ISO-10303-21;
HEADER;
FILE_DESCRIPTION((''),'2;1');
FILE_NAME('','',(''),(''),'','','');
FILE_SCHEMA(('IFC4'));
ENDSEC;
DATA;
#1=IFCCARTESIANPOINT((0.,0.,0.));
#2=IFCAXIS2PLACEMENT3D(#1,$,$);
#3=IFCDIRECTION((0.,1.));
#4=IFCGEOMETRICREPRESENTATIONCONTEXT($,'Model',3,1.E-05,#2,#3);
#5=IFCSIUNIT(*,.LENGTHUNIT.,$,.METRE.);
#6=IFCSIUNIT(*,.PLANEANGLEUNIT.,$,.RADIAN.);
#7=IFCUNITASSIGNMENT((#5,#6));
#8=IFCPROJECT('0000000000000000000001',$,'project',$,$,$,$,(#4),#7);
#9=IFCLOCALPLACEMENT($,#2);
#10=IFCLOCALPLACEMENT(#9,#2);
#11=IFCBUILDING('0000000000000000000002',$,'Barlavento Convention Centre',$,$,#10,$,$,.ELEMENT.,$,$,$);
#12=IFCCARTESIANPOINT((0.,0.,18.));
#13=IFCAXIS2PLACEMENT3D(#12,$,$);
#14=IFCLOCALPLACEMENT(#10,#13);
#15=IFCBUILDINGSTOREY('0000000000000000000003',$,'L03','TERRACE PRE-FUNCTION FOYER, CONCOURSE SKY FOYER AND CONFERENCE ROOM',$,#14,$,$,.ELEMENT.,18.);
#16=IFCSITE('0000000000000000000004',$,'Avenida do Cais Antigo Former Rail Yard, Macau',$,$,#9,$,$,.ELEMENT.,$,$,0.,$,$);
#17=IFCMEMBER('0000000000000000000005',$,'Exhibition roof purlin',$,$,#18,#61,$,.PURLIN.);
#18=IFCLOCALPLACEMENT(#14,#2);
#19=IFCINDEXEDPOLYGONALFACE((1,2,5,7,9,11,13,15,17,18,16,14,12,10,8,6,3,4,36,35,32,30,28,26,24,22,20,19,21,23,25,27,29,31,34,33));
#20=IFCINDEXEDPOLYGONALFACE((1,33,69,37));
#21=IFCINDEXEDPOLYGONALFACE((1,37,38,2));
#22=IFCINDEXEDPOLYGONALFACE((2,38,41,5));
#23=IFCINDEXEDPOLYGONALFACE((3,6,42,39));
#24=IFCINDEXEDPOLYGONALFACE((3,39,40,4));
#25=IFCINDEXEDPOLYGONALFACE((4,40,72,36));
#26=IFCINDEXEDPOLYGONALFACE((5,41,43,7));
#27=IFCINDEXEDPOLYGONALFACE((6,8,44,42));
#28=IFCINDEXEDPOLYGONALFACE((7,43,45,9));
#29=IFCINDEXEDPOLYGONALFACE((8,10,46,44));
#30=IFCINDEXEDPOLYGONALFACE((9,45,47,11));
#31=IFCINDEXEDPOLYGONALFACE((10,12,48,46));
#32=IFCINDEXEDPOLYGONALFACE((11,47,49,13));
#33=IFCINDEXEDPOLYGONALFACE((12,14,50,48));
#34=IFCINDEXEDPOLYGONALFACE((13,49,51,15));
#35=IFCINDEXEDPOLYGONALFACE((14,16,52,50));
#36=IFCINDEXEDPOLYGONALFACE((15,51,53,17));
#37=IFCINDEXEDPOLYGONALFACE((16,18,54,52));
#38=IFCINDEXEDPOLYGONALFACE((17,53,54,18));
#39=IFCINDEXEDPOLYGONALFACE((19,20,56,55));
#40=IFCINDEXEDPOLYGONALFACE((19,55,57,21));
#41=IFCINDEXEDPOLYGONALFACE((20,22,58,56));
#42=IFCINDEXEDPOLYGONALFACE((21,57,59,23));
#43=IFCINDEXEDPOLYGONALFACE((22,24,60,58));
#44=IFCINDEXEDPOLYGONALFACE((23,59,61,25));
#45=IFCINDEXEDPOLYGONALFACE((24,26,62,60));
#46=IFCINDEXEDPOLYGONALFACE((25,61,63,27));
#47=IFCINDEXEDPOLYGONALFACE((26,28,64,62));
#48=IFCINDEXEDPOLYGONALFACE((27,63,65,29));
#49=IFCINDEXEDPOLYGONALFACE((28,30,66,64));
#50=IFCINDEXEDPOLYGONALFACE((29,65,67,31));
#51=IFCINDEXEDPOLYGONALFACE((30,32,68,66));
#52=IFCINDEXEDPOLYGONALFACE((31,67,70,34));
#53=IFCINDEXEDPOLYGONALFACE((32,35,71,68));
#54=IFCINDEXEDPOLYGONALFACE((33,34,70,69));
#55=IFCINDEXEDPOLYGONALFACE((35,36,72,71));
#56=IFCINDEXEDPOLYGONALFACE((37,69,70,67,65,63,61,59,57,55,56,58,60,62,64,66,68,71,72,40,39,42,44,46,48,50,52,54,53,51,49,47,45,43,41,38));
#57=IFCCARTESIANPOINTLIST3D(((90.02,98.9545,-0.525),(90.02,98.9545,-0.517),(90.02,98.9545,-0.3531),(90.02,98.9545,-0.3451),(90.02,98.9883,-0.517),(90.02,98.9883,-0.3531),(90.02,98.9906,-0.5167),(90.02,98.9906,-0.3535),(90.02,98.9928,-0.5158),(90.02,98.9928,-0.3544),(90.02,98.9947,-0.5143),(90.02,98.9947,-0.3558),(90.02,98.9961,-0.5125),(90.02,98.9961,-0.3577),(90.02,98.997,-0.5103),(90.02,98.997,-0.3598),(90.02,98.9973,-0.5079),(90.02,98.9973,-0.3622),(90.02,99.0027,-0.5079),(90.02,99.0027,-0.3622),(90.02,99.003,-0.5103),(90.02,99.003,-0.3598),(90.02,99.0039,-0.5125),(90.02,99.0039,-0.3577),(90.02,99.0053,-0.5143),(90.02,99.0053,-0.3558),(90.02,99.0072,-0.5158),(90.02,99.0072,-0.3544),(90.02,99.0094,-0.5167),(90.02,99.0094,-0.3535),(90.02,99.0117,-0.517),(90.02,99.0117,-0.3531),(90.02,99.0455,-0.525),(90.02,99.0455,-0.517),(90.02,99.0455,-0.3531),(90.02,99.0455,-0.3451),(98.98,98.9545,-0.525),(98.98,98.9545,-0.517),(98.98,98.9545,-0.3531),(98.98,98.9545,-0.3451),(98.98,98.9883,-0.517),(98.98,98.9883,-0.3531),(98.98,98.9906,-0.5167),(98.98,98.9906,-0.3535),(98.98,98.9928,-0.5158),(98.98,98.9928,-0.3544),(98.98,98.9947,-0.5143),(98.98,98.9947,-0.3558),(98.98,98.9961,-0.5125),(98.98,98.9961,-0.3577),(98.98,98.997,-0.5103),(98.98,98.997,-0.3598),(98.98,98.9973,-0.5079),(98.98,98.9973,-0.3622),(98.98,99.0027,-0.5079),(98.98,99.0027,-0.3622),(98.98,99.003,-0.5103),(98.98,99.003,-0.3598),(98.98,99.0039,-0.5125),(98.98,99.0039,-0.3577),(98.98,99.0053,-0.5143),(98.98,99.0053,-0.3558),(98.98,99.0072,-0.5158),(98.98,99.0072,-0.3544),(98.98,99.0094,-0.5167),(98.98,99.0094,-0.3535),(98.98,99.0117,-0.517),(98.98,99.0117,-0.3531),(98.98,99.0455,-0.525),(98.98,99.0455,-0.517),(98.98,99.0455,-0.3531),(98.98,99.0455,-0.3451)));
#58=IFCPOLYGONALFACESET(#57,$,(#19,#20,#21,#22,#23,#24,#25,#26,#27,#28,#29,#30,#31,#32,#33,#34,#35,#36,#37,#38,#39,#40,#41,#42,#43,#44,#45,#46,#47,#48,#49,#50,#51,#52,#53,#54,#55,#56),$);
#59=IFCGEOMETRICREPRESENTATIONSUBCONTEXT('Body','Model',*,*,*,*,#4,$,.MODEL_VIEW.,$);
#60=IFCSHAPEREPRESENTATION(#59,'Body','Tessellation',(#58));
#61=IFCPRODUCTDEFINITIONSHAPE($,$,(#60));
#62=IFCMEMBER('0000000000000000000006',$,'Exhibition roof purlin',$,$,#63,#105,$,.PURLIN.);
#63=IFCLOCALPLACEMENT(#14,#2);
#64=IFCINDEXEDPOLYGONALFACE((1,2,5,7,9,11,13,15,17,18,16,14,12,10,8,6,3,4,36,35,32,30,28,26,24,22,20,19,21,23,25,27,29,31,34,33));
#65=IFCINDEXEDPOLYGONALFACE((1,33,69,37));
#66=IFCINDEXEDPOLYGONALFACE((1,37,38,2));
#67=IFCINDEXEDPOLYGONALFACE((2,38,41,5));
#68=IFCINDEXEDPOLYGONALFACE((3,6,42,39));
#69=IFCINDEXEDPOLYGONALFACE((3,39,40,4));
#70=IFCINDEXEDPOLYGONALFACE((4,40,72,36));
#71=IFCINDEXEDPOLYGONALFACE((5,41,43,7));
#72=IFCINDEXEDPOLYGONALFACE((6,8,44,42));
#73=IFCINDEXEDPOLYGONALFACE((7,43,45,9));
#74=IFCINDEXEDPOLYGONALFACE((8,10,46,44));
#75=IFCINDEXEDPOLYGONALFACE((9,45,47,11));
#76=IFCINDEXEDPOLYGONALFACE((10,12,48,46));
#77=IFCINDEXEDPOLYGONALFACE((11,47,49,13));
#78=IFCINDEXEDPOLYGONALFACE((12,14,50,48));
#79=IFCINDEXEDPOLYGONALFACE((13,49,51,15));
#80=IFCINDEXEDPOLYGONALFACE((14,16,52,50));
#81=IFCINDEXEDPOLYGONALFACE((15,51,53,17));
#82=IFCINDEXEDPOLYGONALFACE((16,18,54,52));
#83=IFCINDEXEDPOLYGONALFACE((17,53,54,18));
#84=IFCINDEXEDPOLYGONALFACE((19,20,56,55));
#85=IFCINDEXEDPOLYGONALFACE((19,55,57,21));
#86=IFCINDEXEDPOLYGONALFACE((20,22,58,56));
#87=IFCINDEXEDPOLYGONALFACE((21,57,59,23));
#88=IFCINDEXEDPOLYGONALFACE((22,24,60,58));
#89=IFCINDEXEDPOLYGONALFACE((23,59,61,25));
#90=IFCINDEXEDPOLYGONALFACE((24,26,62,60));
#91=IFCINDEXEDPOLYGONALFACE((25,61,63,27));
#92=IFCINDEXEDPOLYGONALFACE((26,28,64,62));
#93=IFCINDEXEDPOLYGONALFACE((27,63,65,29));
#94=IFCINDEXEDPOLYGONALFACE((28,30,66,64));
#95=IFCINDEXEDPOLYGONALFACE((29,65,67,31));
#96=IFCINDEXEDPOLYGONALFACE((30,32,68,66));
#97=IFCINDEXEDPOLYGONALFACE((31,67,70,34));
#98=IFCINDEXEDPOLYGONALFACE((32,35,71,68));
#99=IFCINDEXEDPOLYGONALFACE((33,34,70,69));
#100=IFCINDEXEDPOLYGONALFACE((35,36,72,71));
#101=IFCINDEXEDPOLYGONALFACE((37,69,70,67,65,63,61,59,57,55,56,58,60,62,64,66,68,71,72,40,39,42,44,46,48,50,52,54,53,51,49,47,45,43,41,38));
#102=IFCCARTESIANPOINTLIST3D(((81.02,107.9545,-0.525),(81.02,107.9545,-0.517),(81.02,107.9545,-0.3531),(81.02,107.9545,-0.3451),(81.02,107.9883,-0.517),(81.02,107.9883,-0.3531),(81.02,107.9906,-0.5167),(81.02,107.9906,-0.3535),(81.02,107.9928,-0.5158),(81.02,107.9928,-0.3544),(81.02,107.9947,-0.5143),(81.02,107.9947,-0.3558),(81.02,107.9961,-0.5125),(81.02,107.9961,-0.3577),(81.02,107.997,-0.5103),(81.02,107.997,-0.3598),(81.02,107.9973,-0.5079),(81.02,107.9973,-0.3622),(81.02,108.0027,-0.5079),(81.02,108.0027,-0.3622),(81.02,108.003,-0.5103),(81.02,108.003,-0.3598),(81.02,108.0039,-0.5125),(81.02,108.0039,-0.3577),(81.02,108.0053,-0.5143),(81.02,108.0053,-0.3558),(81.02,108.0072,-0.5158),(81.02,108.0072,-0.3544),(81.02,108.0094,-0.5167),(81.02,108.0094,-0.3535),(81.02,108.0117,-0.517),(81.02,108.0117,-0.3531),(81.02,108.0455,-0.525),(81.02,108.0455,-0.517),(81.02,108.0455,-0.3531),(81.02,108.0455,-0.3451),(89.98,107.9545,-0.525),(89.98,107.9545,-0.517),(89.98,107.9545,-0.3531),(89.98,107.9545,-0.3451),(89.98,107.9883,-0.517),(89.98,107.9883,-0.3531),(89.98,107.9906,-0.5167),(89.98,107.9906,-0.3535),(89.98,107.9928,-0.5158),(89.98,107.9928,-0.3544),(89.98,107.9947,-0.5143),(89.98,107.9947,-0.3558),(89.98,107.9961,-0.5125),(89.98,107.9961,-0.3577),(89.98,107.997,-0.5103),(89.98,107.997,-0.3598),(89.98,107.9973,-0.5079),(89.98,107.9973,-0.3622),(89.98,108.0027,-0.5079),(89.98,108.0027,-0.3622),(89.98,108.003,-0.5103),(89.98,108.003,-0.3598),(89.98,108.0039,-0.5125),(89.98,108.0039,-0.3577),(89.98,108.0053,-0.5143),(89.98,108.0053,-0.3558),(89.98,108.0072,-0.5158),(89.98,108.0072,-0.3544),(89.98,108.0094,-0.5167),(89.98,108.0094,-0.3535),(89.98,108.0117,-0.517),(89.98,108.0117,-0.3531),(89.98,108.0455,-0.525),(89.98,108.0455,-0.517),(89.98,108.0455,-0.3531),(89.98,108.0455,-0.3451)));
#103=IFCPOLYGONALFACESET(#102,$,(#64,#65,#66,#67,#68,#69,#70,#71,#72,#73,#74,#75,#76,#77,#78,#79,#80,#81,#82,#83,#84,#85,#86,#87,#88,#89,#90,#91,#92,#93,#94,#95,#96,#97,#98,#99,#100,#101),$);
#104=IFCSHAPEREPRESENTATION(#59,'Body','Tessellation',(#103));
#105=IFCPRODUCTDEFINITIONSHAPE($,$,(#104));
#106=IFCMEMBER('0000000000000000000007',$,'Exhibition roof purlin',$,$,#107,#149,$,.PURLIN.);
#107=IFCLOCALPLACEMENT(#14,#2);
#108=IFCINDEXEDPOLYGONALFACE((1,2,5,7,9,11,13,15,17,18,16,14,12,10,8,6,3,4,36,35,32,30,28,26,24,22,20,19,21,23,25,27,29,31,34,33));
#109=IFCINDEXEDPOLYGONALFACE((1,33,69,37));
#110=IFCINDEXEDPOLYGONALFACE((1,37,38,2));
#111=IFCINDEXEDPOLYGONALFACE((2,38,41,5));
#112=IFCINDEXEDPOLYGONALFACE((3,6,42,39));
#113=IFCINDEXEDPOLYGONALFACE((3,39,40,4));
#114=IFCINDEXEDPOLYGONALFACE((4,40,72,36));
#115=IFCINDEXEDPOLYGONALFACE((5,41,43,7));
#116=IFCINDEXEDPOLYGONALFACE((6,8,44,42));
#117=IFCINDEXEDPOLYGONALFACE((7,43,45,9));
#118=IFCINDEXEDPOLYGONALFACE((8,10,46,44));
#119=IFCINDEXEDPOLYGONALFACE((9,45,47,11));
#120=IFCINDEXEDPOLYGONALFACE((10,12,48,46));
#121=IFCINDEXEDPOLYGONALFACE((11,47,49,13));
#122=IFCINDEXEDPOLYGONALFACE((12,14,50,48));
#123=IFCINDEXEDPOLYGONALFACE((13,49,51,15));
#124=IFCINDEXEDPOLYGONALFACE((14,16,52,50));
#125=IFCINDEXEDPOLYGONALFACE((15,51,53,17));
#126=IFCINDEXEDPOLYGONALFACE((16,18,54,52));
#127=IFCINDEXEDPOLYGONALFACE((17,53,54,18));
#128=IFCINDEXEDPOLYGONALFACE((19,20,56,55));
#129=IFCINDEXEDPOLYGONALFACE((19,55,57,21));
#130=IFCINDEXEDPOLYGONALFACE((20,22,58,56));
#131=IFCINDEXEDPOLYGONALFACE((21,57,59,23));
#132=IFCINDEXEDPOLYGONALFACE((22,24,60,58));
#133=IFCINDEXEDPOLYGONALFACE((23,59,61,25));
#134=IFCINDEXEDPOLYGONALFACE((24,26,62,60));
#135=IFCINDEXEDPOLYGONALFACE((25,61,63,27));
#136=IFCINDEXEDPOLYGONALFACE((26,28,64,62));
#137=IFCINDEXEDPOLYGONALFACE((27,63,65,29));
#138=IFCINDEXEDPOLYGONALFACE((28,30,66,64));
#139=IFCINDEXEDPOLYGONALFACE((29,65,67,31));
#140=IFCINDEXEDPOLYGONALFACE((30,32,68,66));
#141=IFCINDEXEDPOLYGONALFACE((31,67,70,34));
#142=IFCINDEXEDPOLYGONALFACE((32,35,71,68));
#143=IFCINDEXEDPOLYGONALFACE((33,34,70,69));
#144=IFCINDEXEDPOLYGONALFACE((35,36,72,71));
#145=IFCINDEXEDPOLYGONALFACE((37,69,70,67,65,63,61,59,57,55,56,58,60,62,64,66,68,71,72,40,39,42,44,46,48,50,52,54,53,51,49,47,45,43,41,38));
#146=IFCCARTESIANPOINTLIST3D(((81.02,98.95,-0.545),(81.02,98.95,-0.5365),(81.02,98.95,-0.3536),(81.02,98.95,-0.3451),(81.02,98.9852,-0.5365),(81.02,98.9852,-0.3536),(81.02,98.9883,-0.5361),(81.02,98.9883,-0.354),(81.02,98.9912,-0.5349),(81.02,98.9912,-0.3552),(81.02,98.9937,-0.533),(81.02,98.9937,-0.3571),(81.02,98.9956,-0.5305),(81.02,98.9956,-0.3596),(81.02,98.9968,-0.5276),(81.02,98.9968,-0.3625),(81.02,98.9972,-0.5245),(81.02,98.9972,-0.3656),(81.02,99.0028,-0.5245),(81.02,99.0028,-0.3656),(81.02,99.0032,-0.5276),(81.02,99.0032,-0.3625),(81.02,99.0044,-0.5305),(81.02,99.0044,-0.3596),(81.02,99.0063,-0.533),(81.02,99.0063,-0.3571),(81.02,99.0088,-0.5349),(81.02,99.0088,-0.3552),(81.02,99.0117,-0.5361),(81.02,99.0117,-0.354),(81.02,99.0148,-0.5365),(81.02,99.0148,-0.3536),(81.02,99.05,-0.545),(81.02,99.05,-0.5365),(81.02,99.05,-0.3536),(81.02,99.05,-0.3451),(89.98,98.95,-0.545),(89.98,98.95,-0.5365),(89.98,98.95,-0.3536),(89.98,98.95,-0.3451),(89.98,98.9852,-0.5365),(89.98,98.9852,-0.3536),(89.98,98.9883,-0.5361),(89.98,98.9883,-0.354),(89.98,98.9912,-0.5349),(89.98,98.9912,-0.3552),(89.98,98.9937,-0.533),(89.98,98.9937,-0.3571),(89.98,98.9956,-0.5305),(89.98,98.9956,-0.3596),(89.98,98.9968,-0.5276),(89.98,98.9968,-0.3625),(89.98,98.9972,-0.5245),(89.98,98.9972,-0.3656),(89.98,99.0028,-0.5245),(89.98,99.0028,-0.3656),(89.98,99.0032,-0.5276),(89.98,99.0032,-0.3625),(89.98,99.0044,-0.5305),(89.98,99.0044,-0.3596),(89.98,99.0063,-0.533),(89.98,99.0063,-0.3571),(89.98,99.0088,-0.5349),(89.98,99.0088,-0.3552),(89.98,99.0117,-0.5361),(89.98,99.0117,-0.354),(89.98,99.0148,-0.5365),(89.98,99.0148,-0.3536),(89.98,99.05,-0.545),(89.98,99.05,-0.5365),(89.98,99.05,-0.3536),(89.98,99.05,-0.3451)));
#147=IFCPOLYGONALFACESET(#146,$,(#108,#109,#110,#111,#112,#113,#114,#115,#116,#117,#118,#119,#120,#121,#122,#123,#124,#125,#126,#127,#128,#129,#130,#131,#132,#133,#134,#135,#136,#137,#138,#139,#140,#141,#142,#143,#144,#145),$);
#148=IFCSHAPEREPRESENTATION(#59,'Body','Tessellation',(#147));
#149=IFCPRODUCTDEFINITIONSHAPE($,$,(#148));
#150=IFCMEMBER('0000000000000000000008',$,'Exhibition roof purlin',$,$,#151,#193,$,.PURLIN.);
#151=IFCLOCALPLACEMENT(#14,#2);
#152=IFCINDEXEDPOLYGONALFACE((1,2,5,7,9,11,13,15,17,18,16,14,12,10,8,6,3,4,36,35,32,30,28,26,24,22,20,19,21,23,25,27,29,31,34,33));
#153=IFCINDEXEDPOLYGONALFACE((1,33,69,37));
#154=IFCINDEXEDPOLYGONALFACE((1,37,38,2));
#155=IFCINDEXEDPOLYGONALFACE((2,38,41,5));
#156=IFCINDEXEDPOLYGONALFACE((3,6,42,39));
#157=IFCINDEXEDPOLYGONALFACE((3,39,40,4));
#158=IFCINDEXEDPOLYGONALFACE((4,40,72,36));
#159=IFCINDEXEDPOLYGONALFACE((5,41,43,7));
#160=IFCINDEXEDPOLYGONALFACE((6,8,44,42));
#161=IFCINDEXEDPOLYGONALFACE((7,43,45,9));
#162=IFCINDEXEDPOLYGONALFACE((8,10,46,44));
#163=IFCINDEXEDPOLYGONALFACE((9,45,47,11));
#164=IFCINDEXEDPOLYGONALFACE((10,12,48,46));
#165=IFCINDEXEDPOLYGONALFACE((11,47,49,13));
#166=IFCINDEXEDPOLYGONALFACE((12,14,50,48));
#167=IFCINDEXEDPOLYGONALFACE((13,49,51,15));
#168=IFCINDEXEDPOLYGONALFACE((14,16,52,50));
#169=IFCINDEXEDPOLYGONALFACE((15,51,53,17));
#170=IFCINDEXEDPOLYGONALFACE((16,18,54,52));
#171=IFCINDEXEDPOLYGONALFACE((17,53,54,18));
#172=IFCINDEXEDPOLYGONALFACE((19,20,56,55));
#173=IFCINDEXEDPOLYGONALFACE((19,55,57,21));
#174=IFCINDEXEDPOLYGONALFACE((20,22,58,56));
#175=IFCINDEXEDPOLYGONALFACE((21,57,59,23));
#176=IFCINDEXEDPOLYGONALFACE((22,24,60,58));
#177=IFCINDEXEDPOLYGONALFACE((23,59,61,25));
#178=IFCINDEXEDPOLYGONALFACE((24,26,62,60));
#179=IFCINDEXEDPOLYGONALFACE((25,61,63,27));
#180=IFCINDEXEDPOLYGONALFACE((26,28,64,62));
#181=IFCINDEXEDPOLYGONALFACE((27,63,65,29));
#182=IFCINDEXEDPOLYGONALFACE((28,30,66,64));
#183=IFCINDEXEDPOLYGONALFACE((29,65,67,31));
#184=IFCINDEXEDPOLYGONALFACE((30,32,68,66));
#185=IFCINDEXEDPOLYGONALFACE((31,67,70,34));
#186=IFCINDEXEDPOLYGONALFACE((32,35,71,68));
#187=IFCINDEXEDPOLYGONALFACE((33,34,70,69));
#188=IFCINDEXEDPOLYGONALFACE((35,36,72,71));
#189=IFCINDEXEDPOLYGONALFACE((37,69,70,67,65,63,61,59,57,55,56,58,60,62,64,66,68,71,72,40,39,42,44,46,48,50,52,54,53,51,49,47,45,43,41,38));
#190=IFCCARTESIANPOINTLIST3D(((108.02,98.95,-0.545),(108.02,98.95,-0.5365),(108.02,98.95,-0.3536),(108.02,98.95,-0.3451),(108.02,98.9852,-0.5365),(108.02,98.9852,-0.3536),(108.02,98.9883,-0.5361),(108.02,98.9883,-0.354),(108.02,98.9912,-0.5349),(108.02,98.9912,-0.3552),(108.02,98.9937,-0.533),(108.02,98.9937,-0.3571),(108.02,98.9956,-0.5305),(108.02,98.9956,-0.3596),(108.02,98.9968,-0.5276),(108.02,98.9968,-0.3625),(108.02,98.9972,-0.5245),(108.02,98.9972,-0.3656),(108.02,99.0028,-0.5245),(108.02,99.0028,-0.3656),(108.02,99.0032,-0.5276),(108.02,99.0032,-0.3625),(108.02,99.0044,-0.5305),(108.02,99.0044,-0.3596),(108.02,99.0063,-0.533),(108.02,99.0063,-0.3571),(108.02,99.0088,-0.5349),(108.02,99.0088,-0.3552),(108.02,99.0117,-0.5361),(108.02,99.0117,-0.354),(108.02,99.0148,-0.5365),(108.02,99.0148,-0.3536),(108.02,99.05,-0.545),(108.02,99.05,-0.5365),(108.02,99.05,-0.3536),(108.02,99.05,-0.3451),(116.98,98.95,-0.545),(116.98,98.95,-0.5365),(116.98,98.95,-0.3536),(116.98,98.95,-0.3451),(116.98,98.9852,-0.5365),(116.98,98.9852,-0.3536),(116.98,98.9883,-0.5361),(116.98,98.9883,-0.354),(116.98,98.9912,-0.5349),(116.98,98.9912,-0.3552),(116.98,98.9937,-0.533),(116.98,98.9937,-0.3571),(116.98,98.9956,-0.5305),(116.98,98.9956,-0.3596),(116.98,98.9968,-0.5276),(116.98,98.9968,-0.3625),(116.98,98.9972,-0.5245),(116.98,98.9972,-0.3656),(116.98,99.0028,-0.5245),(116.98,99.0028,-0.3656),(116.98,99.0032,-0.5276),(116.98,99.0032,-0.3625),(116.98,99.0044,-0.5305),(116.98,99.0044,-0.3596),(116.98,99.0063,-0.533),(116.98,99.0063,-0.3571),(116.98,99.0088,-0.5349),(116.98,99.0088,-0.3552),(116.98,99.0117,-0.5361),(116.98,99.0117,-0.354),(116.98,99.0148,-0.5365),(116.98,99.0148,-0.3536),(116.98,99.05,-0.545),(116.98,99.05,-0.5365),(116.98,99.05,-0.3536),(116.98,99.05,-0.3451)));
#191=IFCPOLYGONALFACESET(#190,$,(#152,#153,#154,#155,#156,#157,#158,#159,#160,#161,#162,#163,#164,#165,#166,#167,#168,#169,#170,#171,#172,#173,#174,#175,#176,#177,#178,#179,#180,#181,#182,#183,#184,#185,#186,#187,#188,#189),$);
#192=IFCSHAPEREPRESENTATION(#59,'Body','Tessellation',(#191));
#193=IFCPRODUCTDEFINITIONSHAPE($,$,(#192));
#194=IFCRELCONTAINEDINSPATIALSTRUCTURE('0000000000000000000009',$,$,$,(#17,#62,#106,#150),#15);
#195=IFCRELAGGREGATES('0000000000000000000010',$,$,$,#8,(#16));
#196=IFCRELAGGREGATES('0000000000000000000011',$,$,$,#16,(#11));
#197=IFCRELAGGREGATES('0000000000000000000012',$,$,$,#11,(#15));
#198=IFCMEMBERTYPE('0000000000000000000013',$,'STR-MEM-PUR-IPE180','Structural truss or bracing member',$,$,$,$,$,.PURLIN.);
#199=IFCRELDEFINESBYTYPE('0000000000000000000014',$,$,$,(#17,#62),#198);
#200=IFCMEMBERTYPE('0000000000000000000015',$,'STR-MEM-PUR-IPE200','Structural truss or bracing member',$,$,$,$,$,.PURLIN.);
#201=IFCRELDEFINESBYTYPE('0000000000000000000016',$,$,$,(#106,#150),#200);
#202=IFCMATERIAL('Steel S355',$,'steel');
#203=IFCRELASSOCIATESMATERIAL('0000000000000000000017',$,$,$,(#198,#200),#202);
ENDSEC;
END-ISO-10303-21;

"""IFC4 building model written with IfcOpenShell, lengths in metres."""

from ifc_helpers import new_model, si_unit, direction, frame, origin, origin_2d, place, context, subcontext, project, spatial, i_section, extrude, material, material_profile, profile_set, type_object, element, save


model = new_model("IFC4")

# Units and contexts
model_context = context("Model", 3, precision=1e-05, world=origin(), true_north=direction((0.0, 1.0)))
body_context = subcontext(model_context, "Body", "Model", "MODEL_VIEW")
ifc_project = project(units=[si_unit("LENGTHUNIT", "METRE"), si_unit("PLANEANGLEUNIT", "RADIAN")], contexts=[model_context])

# Site, building, storey
site_placement = place(None, origin())
site = spatial("IfcSite", under=ifc_project, at=site_placement, Name="Avenida do Cais Antigo Former Rail Yard, Macau", CompositionType="ELEMENT", RefElevation=0.0)
building_placement = place(site_placement, origin())
building = spatial("IfcBuilding", under=site, at=building_placement, Name="Barlavento Convention Centre", CompositionType="ELEMENT")
storey_placement = place(building_placement, frame((0.0, 0.0, 18.0)))
storey = spatial("IfcBuildingStorey", under=building, at=storey_placement, Name="L03", Description="TERRACE PRE-FUNCTION FOYER, CONCOURSE SKY FOYER AND CONFERENCE ROOM", CompositionType="ELEMENT", Elevation=18.0)

# Shared definitions
ifc_material_1 = material(Name="Steel S355", Category="steel")

# Members
ifc_material_profile_1 = material_profile(ifc_material_1, i_section(OverallWidth=0.0911, OverallDepth=0.1799, WebThickness=0.0054, FlangeThickness=0.0081, FilletRadius=0.009, at=origin_2d()), Name="IPE 180")
ifc_profile_set_1 = profile_set([ifc_material_profile_1], Name="Steel S355")
member_type_1 = type_object("IfcMemberType", Name="STR-MEM-PUR-IPE180", Description="Structural truss or bracing member", PredefinedType="PURLIN", material=ifc_profile_set_1)
for number, where, z_axis, x_axis, name in (
    (1, (90.02, 99.0, -0.4351), (1.0, 0.0, 0.0), (0.0, 1.0, 0.0), "Exhibition roof purlin"),
    (2, (81.02, 108.0, -0.4351), (1.0, 0.0, 0.0), (0.0, 1.0, 0.0), "Exhibition roof purlin"),
):
    element("IfcMember", number, at=place(storey_placement, frame(where, z_axis=z_axis, x_axis=x_axis)), inside=storey, type_object=member_type_1, Name=name, PredefinedType="PURLIN", context=body_context, shape_type="SweptSolid", body=[
        extrude(i_section(OverallWidth=0.0911, OverallDepth=0.1799, WebThickness=0.0054, FlangeThickness=0.0081, FilletRadius=0.009, at=origin_2d()), origin(), (0.0, 0.0, 1.0), 8.96),
    ])
ifc_material_profile_2 = material_profile(ifc_material_1, i_section(OverallWidth=0.1001, OverallDepth=0.2, WebThickness=0.0056, FlangeThickness=0.0085, FilletRadius=0.012, at=origin_2d()), Name="IPE 200")
ifc_profile_set_2 = profile_set([ifc_material_profile_2], Name="Steel S355")
member_type_2 = type_object("IfcMemberType", Name="STR-MEM-PUR-IPE200", Description="Structural truss or bracing member", PredefinedType="PURLIN", material=ifc_profile_set_2)
for number, where, z_axis, x_axis, name in (
    (3, (81.02, 99.0, -0.4451), (1.0, 0.0, 0.0), (0.0, 1.0, 0.0), "Exhibition roof purlin"),
    (4, (108.02, 99.0, -0.4451), (1.0, 0.0, 0.0), (0.0, 1.0, 0.0), "Exhibition roof purlin"),
):
    element("IfcMember", number, at=place(storey_placement, frame(where, z_axis=z_axis, x_axis=x_axis)), inside=storey, type_object=member_type_2, Name=name, PredefinedType="PURLIN", context=body_context, shape_type="SweptSolid", body=[
        extrude(i_section(OverallWidth=0.1001, OverallDepth=0.2, WebThickness=0.0056, FlangeThickness=0.0085, FilletRadius=0.012, at=origin_2d()), origin(), (0.0, 0.0, 1.0), 8.96),
    ])

save(model, "model.ifc")
